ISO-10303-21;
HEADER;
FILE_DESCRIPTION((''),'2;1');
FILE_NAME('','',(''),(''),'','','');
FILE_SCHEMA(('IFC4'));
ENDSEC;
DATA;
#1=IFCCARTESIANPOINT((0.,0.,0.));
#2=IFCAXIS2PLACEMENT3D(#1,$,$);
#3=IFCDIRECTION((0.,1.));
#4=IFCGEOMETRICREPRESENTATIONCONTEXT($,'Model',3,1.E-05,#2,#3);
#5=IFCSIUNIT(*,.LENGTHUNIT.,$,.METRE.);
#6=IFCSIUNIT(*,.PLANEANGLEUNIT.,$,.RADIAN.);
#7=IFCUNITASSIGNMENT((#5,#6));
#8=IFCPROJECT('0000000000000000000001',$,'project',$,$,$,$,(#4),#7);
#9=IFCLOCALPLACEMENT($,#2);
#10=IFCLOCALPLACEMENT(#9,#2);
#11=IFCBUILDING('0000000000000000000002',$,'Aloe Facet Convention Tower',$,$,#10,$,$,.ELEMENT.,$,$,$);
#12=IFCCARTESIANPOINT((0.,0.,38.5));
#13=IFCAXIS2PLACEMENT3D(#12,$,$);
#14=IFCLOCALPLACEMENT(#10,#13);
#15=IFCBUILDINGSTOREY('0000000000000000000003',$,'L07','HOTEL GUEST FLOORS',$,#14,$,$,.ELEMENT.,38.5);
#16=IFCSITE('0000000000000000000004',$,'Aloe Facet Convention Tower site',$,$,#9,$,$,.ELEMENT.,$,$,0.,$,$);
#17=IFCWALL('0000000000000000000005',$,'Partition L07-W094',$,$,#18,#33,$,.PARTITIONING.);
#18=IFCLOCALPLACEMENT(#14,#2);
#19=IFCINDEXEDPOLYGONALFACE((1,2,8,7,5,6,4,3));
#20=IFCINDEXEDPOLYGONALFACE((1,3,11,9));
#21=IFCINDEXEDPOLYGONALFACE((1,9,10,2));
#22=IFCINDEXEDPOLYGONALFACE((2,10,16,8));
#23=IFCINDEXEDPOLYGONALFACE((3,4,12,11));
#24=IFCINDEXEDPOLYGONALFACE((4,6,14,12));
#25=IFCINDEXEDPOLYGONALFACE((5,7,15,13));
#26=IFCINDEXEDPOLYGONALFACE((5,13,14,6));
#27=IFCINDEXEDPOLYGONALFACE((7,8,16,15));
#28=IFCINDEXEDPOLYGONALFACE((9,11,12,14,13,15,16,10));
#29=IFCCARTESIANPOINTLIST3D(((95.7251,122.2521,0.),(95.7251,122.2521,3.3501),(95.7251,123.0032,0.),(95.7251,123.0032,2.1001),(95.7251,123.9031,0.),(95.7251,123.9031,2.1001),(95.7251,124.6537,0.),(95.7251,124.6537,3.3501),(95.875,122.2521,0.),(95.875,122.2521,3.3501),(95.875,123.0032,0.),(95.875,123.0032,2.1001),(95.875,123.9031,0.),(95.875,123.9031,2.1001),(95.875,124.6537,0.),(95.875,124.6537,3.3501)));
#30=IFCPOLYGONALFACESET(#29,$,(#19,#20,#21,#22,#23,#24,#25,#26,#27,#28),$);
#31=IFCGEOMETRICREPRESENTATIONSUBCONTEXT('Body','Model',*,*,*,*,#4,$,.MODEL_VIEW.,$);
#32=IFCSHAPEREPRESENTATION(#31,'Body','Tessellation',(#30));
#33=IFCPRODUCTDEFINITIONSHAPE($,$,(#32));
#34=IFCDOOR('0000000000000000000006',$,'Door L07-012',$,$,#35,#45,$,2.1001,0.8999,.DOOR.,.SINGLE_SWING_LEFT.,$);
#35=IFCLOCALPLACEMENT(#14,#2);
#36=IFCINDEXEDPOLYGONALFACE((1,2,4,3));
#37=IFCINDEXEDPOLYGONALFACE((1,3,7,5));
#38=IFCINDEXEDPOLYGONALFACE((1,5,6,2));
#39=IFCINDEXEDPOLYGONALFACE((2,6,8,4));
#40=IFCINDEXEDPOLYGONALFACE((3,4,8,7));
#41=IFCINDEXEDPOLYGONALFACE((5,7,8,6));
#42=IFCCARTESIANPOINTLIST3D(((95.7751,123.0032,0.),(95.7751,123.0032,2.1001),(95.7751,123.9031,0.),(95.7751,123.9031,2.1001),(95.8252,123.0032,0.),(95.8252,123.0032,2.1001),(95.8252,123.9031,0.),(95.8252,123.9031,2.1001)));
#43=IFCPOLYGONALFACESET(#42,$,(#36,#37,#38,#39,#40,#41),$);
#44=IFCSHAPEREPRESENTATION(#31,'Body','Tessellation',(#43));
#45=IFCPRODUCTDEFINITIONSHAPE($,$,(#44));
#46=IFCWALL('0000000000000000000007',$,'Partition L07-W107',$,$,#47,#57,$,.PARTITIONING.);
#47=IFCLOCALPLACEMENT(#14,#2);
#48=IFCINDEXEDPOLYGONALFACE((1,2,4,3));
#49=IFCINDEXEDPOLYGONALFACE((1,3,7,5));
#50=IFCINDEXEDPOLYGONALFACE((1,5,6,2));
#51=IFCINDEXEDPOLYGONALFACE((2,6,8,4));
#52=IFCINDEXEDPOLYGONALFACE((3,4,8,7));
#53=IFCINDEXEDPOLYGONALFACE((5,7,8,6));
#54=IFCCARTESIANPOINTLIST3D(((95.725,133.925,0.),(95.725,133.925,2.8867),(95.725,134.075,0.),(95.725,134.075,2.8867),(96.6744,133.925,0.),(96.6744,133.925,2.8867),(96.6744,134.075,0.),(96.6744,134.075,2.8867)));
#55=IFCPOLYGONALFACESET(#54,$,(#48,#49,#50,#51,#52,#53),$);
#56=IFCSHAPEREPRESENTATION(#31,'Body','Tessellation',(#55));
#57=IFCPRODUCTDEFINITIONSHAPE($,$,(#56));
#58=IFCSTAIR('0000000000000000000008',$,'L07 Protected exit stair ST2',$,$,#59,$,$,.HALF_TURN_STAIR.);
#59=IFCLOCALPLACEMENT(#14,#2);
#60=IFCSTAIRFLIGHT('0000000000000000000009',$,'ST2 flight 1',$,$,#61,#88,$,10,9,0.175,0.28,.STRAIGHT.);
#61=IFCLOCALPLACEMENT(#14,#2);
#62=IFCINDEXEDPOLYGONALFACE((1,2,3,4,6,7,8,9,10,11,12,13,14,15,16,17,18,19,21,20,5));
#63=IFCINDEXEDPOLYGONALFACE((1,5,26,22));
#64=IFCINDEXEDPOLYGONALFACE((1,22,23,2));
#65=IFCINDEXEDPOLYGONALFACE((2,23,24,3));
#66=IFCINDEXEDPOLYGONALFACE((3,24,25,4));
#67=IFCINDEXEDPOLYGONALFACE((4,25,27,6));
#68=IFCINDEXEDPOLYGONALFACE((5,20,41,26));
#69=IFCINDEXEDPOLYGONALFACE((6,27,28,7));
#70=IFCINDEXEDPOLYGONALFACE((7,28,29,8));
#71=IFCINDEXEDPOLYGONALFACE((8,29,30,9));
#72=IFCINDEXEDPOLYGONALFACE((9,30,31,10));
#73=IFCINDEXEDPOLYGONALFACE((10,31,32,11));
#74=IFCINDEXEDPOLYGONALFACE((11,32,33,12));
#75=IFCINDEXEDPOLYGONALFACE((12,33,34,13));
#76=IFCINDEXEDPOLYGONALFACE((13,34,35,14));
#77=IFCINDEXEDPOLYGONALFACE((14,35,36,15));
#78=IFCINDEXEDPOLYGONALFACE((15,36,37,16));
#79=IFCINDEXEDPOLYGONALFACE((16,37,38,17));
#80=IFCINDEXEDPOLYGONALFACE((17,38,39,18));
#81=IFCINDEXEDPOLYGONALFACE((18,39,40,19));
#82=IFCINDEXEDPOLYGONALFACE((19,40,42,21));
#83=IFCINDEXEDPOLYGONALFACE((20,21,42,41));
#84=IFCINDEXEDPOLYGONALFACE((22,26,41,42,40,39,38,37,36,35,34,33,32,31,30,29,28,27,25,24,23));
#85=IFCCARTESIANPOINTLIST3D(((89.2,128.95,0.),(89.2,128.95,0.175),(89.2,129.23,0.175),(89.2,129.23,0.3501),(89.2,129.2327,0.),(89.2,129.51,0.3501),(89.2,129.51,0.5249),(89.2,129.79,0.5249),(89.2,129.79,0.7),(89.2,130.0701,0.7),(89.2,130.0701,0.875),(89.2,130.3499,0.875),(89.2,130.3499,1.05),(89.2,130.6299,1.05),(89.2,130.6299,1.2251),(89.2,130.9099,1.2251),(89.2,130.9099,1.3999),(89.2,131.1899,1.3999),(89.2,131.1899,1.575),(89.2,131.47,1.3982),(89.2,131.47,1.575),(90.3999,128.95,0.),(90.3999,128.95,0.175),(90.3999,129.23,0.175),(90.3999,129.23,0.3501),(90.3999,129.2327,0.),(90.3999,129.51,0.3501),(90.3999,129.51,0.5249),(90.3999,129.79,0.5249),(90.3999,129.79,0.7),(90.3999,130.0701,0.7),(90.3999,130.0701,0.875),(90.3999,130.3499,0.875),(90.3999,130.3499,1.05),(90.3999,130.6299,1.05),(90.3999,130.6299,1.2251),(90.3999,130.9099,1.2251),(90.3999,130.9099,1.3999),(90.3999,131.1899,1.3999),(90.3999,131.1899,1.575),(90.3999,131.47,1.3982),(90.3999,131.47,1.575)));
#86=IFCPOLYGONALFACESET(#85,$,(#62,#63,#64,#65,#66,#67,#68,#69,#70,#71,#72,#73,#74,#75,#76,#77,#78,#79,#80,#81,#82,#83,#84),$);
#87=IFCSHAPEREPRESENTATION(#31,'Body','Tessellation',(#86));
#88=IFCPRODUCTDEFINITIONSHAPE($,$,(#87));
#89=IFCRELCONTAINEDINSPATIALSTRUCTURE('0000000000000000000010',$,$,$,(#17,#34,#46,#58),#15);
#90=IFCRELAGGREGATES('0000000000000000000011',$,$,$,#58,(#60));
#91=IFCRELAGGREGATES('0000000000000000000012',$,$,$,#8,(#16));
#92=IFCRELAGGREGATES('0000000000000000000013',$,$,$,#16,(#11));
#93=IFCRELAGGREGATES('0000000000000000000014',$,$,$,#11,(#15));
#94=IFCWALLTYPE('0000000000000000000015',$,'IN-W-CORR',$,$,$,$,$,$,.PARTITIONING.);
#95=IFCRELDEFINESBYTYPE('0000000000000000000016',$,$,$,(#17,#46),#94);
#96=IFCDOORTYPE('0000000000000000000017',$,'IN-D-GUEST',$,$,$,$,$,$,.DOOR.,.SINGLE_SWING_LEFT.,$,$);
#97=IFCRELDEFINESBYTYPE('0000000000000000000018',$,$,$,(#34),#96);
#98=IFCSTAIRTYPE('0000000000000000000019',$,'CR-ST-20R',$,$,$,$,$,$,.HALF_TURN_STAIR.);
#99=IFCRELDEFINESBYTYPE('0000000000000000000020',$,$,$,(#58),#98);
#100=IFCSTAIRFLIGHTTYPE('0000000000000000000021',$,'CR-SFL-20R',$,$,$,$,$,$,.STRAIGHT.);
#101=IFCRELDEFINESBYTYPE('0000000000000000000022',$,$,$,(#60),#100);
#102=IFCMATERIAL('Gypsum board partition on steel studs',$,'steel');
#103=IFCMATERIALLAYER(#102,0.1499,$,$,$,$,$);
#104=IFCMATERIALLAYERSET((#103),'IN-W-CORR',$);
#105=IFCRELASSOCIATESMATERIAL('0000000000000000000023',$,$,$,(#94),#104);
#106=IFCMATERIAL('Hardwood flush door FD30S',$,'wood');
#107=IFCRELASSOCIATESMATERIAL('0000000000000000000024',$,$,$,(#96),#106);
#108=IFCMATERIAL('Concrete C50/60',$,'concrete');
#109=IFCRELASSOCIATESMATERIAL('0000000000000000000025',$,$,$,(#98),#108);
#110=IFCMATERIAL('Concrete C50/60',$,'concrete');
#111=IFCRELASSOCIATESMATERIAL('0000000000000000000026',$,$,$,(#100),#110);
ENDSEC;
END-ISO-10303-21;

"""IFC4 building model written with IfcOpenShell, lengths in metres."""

from ifc_helpers import new_model, si_unit, direction, frame, frame_2d, origin, place, context, subcontext, project, spatial, polyline, rectangle, outline, extrude, material, layer, layer_set, type_object, element, fill, aggregate, save


model = new_model("IFC4")

# Units and contexts
model_context = context("Model", 3, precision=1e-05, world=origin(), true_north=direction((0.0, 1.0)))
body_context = subcontext(model_context, "Body", "Model", "MODEL_VIEW")
ifc_project = project(units=[si_unit("LENGTHUNIT", "METRE"), si_unit("PLANEANGLEUNIT", "RADIAN")], contexts=[model_context])

# Site, building, storey
site_placement = place(None, origin())
site = spatial("IfcSite", under=ifc_project, at=site_placement, Name="Aloe Facet Convention Tower site", CompositionType="ELEMENT", RefElevation=0.0)
building_placement = place(site_placement, origin())
building = spatial("IfcBuilding", under=site, at=building_placement, Name="Aloe Facet Convention Tower", CompositionType="ELEMENT")
storey_placement = place(building_placement, frame((0.0, 0.0, 38.5)))
storey = spatial("IfcBuildingStorey", under=building, at=storey_placement, Name="L07", Description="HOTEL GUEST FLOORS", CompositionType="ELEMENT", Elevation=38.5)

# Wall, opening, door
ifc_material_1 = material(Name="Gypsum board partition on steel studs", Category="steel")
ifc_layer_1 = layer(ifc_material_1, 0.1499)
ifc_layer_set_1 = layer_set([ifc_layer_1], Name="IN-W-CORR")
wall_type_1 = type_object("IfcWallType", Name="IN-W-CORR", PredefinedType="PARTITIONING", material=ifc_layer_set_1)
wall_1_placement = place(storey_placement, frame((95.8, 122.2522, 0.0), z_axis=(0.0, 0.0, 1.0), x_axis=(0.0, 1.0, 0.0)))
wall_1 = element("IfcWall", 1, at=wall_1_placement, inside=storey, type_object=wall_type_1, Name="Partition L07-W094", PredefinedType="PARTITIONING", context=body_context, shape_type="SweptSolid", body=[
    extrude(rectangle(XDim=2.4016, YDim=0.1499, at=frame_2d((1.2007, 0.0))), origin(), (0.0, 0.0, 1.0), 3.3501),
])
opening_1_placement = place(wall_1_placement, frame((0.751, 0.0, 0.0)))
opening_1 = element("IfcOpeningElement", 2, at=opening_1_placement, cuts=wall_1, PredefinedType="OPENING", context=body_context, shape_type="SweptSolid", body=[
    extrude(rectangle(XDim=0.8999, YDim=2.1001, at=frame_2d((0.45, 1.05))), frame((0.0, 0.085, 0.0), z_axis=(0.0, -1.0, 0.0), x_axis=(1.0, 0.0, 0.0)), (0.0, 0.0, 1.0), 0.1699),
])
ifc_material_2 = material(Name="Hardwood flush door FD30S", Category="wood")
door_type_1 = type_object("IfcDoorType", Name="IN-D-GUEST", OperationType="SINGLE_SWING_LEFT", PredefinedType="DOOR", material=ifc_material_2)
door_1_placement = place(opening_1_placement, origin())
door_1 = element("IfcDoor", 3, at=door_1_placement, inside=storey, type_object=door_type_1, Name="Door L07-012", OperationType="SINGLE_SWING_LEFT", OverallHeight=2.1001, OverallWidth=0.8999, PredefinedType="DOOR", context=body_context, shape_type="SweptSolid", body=[
    extrude(rectangle(XDim=0.8999, YDim=2.1001, at=frame_2d((0.45, 1.05))), frame((0.0, 0.0249, 0.0), z_axis=(0.0, -1.0, 0.0), x_axis=(1.0, 0.0, 0.0)), (0.0, 0.0, 1.0), 0.05),
])
fill(opening_1, door_1)

# Wall
wall_2_placement = place(storey_placement, frame((95.7251, 134.0, 0.0), z_axis=(0.0, 0.0, 1.0), x_axis=(1.0, 0.0, 0.0)))
element("IfcWall", 4, at=wall_2_placement, inside=storey, type_object=wall_type_1, Name="Partition L07-W107", PredefinedType="PARTITIONING", context=body_context, shape_type="SweptSolid", body=[
    extrude(rectangle(XDim=0.9495, YDim=0.1499, at=frame_2d((0.4746, 0.0))), origin(), (0.0, 0.0, 1.0), 2.8867),
])

# Stair, stair flight
ifc_material_3 = material(Name="Concrete C50/60", Category="concrete")
stair_type = type_object("IfcStairType", Name="CR-ST-20R", PredefinedType="HALF_TURN_STAIR", material=ifc_material_3)
stair_placement = place(storey_placement, origin())
stair = element("IfcStair", 5, at=stair_placement, inside=storey, type_object=stair_type, Name="L07 Protected exit stair ST2", PredefinedType="HALF_TURN_STAIR")
ifc_material_4 = material(Name="Concrete C50/60", Category="concrete")
stair_flight_type = type_object("IfcStairFlightType", Name="CR-SFL-20R", PredefinedType="STRAIGHT", material=ifc_material_4)
stair_flight_placement = place(storey_placement, frame((89.8, 128.95, 0.0), z_axis=(0.0, 0.0, 1.0), x_axis=(0.0, 1.0, 0.0)))
stair_flight = element("IfcStairFlight", 6, at=stair_flight_placement, type_object=stair_flight_type, Name="ST2 flight 1", NumberOfRisers=10, NumberOfTreads=9, PredefinedType="STRAIGHT", RiserHeight=0.175, TreadLength=0.28, context=body_context, shape_type="SweptSolid", body=[
    extrude(outline(polyline([(0.0, 0.0), (0.0, 0.175), (0.28, 0.175), (0.28, 0.3501), (0.5601, 0.3501), (0.5601, 0.5249), (0.8401, 0.5249), (0.8401, 0.7), (1.1201, 0.7), (1.1201, 0.875), (1.3999, 0.875), (1.3999, 1.05), (1.6799, 1.05), (1.6799, 1.2251), (1.96, 1.2251), (1.96, 1.3999), (2.24, 1.3999), (2.24, 1.575), (2.52, 1.575), (2.52, 1.75), (2.52, 1.3982), (0.2827, 0.0), (0.0, 0.0)])), frame((0.0, 0.6001, 0.0), z_axis=(0.0, -1.0, 0.0), x_axis=(1.0, 0.0, 0.0)), (0.0, 0.0, 1.0), 1.2),
])
aggregate(stair, [stair_flight])

save(model, "model.ifc")
